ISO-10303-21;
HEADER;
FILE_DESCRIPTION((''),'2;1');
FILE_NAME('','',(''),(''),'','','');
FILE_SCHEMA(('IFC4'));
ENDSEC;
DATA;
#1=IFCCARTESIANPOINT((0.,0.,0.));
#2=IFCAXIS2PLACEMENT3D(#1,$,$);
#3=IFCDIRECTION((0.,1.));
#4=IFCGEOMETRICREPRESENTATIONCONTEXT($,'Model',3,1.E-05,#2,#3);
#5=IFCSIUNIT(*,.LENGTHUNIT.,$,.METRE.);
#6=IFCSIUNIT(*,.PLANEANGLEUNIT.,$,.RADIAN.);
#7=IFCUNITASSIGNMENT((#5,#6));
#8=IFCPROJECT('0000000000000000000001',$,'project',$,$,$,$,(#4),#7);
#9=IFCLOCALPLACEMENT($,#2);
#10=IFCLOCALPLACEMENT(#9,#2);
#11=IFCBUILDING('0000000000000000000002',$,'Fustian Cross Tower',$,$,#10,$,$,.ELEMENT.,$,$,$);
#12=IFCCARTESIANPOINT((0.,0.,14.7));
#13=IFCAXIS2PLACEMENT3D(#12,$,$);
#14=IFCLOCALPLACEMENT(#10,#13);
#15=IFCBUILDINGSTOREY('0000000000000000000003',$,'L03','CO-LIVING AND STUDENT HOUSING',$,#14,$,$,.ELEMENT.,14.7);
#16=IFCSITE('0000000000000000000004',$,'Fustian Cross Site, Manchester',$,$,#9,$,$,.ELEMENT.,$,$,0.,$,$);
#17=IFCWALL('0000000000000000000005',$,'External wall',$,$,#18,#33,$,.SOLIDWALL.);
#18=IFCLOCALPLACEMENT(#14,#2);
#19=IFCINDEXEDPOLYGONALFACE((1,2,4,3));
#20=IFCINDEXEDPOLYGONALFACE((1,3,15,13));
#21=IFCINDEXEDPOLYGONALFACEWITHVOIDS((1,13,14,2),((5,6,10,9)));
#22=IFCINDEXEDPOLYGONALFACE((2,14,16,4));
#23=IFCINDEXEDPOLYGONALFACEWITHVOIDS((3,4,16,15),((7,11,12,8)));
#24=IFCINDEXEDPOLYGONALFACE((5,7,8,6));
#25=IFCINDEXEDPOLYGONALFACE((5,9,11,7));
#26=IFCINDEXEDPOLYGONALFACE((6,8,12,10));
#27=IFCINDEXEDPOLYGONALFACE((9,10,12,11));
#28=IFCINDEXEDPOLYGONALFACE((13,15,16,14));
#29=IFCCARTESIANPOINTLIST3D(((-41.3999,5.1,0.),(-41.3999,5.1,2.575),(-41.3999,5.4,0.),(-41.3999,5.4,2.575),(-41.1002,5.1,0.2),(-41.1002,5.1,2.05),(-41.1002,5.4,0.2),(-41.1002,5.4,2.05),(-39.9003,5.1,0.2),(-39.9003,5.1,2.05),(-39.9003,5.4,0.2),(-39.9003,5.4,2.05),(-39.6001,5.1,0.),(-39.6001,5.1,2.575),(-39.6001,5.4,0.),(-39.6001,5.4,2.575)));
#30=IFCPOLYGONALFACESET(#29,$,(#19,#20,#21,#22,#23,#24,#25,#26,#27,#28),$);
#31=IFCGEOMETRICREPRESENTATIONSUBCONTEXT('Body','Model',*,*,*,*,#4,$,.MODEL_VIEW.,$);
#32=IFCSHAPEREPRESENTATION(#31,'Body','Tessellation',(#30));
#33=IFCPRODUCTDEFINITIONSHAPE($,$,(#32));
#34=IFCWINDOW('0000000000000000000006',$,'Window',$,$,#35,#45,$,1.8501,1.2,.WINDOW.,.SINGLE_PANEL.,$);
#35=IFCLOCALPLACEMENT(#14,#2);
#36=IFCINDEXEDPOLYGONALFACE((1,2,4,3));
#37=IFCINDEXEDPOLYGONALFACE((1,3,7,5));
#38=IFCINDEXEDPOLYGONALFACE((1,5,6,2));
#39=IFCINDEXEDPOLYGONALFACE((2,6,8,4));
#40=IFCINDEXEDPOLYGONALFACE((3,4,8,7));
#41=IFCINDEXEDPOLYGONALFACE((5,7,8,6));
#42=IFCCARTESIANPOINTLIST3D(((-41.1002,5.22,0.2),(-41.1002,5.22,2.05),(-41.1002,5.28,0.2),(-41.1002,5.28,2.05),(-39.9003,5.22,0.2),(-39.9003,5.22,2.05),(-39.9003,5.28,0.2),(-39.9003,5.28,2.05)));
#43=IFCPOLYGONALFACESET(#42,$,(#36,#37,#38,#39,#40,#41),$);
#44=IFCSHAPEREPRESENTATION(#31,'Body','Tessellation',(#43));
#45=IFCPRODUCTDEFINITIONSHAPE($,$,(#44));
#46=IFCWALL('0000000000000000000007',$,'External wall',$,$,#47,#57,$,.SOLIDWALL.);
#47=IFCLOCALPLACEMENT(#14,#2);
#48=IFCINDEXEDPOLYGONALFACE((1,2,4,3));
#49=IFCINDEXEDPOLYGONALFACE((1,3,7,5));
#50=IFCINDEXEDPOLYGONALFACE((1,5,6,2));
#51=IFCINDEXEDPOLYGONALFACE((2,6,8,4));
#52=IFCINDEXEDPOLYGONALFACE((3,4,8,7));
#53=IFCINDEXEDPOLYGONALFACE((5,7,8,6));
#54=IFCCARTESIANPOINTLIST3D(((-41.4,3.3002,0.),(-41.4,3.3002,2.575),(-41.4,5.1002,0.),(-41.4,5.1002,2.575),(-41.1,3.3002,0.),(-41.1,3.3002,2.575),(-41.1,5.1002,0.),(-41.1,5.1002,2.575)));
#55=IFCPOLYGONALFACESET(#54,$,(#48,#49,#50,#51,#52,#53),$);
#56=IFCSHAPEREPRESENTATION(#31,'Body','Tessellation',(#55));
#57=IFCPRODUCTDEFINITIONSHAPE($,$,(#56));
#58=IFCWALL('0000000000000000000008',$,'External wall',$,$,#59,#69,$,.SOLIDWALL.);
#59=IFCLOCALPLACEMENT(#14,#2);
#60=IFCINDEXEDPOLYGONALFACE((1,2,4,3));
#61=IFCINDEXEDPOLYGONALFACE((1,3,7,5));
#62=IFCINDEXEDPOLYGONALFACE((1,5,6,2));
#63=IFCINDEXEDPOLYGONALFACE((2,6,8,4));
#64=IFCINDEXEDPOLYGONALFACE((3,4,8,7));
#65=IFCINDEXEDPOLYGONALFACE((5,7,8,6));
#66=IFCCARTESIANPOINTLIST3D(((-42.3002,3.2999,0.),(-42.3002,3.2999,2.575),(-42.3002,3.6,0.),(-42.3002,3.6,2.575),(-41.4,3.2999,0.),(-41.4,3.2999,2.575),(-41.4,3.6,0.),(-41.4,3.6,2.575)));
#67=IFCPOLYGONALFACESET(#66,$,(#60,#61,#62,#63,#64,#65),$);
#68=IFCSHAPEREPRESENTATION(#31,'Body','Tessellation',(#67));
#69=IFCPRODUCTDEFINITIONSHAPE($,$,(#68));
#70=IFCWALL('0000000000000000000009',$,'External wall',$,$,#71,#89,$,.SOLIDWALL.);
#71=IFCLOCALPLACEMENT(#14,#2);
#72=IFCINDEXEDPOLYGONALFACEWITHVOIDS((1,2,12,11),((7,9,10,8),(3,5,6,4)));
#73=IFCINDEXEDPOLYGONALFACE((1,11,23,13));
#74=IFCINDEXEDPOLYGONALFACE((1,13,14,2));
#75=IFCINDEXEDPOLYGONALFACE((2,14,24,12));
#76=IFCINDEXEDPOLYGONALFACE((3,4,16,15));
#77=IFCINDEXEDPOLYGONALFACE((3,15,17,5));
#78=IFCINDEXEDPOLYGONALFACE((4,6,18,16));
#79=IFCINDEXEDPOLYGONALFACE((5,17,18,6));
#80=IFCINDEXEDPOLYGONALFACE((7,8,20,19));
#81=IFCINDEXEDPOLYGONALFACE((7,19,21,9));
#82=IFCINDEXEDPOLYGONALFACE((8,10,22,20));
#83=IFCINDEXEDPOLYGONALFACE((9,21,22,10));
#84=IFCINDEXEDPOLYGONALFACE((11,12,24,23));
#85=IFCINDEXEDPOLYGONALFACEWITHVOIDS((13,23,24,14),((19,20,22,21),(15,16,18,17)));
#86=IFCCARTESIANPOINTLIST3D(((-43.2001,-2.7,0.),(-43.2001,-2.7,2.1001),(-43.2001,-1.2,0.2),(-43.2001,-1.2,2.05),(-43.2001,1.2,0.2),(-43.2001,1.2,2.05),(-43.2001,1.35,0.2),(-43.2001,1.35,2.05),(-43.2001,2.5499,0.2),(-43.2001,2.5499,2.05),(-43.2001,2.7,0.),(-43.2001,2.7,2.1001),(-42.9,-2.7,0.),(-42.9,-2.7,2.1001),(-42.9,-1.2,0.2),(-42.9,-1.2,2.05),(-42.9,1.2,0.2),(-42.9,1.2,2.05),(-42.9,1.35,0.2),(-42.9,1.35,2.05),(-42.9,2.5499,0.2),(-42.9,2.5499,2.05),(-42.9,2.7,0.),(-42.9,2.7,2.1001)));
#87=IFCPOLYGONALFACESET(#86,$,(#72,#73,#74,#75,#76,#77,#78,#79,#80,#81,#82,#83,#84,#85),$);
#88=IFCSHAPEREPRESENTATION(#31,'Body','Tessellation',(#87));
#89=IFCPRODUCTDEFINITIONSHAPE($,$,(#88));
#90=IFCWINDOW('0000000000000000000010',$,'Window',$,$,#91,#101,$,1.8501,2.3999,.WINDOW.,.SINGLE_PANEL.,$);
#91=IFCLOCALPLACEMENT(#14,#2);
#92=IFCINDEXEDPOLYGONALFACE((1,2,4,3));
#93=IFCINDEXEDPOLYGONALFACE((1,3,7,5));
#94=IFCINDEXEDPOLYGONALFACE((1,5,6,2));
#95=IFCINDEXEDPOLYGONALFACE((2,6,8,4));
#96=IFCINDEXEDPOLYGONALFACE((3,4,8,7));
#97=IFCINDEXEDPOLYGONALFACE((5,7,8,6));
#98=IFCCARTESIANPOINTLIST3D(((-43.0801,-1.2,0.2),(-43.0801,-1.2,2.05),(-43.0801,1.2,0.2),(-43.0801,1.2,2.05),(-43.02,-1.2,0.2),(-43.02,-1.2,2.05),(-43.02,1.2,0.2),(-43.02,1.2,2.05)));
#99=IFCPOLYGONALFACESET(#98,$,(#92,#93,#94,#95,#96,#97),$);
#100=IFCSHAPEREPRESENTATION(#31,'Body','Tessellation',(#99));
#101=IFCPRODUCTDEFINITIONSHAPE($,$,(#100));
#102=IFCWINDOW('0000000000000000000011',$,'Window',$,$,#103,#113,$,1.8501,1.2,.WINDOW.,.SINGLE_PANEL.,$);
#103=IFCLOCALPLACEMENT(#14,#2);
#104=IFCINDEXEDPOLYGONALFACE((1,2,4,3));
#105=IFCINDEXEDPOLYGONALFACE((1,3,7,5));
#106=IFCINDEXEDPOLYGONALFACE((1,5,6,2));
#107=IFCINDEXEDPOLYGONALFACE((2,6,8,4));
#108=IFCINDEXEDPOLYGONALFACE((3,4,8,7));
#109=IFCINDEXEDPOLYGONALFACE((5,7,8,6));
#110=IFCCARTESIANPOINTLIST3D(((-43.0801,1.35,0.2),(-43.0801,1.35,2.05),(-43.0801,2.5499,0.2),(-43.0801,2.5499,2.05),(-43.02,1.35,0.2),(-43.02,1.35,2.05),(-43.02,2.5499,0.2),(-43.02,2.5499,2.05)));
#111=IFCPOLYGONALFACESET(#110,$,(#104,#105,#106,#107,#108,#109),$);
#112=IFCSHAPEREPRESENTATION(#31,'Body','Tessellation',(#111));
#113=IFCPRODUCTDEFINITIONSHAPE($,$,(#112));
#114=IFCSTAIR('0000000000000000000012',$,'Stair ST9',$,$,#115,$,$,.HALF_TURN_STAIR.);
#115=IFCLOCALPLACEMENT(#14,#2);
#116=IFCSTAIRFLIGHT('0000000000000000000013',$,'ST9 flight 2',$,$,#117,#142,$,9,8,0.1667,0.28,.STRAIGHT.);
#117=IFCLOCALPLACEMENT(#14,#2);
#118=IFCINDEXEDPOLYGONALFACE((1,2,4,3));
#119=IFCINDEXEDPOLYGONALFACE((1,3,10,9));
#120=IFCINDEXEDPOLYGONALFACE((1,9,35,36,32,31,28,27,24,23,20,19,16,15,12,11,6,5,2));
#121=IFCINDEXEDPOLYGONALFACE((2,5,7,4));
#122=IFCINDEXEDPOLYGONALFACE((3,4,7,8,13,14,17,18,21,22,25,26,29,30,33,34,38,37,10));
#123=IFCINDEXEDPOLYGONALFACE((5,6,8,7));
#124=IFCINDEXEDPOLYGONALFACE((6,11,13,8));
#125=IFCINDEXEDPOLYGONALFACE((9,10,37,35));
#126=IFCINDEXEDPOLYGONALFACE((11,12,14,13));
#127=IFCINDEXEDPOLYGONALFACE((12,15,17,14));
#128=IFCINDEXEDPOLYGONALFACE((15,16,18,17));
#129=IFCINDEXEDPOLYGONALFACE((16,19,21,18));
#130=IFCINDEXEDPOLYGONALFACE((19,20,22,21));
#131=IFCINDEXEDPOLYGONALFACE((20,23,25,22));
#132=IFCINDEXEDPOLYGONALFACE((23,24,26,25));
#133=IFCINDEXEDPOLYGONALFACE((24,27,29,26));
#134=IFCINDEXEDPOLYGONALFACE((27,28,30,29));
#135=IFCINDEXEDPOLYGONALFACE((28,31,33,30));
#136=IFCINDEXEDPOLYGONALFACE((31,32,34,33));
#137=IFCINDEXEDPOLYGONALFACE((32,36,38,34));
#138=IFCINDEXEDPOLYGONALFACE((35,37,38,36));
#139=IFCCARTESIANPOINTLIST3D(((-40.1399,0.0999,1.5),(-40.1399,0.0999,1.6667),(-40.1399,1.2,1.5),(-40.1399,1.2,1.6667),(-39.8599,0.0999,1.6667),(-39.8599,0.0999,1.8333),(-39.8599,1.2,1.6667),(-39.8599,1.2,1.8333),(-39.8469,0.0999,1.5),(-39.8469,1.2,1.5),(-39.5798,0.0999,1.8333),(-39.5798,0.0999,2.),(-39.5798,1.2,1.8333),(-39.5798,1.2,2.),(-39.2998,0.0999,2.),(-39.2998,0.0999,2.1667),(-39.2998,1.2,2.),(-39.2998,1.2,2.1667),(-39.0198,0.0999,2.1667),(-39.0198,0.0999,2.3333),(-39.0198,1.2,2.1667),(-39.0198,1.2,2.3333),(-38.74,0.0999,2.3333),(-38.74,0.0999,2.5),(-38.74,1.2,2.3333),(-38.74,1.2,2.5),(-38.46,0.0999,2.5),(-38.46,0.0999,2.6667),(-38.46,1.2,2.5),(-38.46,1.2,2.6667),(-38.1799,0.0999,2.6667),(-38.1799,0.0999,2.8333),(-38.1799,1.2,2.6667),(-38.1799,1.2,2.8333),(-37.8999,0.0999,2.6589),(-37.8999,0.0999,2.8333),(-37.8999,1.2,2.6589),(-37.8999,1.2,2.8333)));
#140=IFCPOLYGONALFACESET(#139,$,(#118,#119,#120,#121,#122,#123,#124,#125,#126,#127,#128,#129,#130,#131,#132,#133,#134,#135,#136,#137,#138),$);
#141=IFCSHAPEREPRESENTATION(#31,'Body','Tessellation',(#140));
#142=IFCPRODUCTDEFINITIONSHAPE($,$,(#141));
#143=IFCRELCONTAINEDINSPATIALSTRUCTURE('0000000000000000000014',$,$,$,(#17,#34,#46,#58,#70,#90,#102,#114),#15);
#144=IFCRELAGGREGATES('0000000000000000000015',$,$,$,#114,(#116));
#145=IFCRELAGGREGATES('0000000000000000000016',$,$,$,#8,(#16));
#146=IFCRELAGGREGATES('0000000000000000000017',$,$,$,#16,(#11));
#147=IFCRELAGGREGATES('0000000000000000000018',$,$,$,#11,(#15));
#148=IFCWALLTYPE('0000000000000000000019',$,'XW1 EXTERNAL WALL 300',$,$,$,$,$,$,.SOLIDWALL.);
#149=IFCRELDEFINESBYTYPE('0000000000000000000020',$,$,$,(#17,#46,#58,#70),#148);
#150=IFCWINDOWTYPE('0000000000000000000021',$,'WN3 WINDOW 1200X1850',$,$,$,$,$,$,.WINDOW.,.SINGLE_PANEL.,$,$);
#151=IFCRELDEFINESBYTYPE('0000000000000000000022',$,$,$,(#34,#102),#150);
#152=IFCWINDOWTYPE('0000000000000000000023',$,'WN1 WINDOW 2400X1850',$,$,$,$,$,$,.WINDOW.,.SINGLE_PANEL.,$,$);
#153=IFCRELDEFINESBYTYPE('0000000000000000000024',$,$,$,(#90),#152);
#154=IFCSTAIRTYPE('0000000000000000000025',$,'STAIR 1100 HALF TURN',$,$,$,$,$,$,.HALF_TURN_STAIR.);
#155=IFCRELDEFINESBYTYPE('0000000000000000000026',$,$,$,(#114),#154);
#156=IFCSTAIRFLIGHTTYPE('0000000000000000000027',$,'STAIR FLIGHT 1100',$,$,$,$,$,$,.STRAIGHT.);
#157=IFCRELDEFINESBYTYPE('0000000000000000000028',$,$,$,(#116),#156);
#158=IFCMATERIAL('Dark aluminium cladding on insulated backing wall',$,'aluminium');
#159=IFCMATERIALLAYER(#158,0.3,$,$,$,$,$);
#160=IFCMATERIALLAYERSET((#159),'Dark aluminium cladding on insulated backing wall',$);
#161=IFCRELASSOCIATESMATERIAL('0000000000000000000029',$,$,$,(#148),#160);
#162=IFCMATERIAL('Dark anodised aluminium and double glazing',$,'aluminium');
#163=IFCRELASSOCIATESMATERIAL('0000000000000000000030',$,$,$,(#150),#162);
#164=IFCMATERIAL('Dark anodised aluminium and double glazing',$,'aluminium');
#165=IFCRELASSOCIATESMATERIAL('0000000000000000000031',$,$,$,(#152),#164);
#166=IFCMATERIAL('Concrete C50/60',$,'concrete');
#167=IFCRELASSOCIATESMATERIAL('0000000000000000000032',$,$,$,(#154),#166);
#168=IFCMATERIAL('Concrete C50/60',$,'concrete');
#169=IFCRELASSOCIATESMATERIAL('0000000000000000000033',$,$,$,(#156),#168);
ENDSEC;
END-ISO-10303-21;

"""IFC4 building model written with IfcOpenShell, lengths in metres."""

from ifc_helpers import new_model, si_unit, direction, frame, frame_2d, origin, place, context, subcontext, project, spatial, polyline, rectangle, outline, extrude, material, layer, layer_set, type_object, element, fill, aggregate, save


model = new_model("IFC4")

# Units and contexts
model_context = context("Model", 3, precision=1e-05, world=origin(), true_north=direction((0.0, 1.0)))
body_context = subcontext(model_context, "Body", "Model", "MODEL_VIEW")
ifc_project = project(units=[si_unit("LENGTHUNIT", "METRE"), si_unit("PLANEANGLEUNIT", "RADIAN")], contexts=[model_context])

# Site, building, storey
site_placement = place(None, origin())
site = spatial("IfcSite", under=ifc_project, at=site_placement, Name="Fustian Cross Site, Manchester", CompositionType="ELEMENT", RefElevation=0.0)
building_placement = place(site_placement, origin())
building = spatial("IfcBuilding", under=site, at=building_placement, Name="Fustian Cross Tower", CompositionType="ELEMENT")
storey_placement = place(building_placement, frame((0.0, 0.0, 14.7)))
storey = spatial("IfcBuildingStorey", under=building, at=storey_placement, Name="L03", Description="CO-LIVING AND STUDENT HOUSING", CompositionType="ELEMENT", Elevation=14.7)

# Shared definitions
ifc_material_1 = material(Name="Dark aluminium cladding on insulated backing wall", Category="aluminium")
ifc_layer_1 = layer(ifc_material_1, 0.3)
ifc_layer_set_1 = layer_set([ifc_layer_1], Name="Dark aluminium cladding on insulated backing wall")
wall_type_1 = type_object("IfcWallType", Name="XW1 EXTERNAL WALL 300", PredefinedType="SOLIDWALL", material=ifc_layer_set_1)

# Wall, opening, window
wall_1_placement = place(storey_placement, frame((-39.6001, 5.25, 0.0), z_axis=(0.0, 0.0, 1.0), x_axis=(-1.0, 0.0, 0.0)))
wall_1 = element("IfcWall", 1, at=wall_1_placement, inside=storey, type_object=wall_type_1, Name="External wall", PredefinedType="SOLIDWALL", context=body_context, shape_type="SweptSolid", body=[
    extrude(rectangle(XDim=1.7998, YDim=0.3, at=frame_2d((0.8999, 0.0))), origin(), (0.0, 0.0, 1.0), 2.575),
])
opening_1_placement = place(wall_1_placement, frame((0.3, 0.0, 0.2)))
opening_1 = element("IfcOpeningElement", 2, at=opening_1_placement, cuts=wall_1, PredefinedType="OPENING", context=body_context, shape_type="SweptSolid", body=[
    extrude(rectangle(XDim=1.2, YDim=1.8501, at=frame_2d((0.6001, 0.925))), frame((0.0, 0.1599, 0.0), z_axis=(0.0, -1.0, 0.0), x_axis=(1.0, 0.0, 0.0)), (0.0, 0.0, 1.0), 0.3201),
])
ifc_material_2 = material(Name="Dark anodised aluminium and double glazing", Category="aluminium")
window_type_1 = type_object("IfcWindowType", Name="WN3 WINDOW 1200X1850", PartitioningType="SINGLE_PANEL", PredefinedType="WINDOW", material=ifc_material_2)
window_1_placement = place(opening_1_placement, origin())
window_1 = element("IfcWindow", 3, at=window_1_placement, inside=storey, type_object=window_type_1, Name="Window", OverallHeight=1.8501, OverallWidth=1.2, PartitioningType="SINGLE_PANEL", PredefinedType="WINDOW", context=body_context, shape_type="SweptSolid", body=[
    extrude(rectangle(XDim=1.2, YDim=1.8501, at=frame_2d((0.6001, 0.925))), frame((0.0, 0.03, 0.0), z_axis=(0.0, -1.0, 0.0), x_axis=(1.0, 0.0, 0.0)), (0.0, 0.0, 1.0), 0.0601),
])
fill(opening_1, window_1)

# Walls
wall_2_placement = place(storey_placement, frame((-41.25, 5.1001, 0.0), z_axis=(0.0, 0.0, 1.0), x_axis=(0.0, -1.0, 0.0)))
element("IfcWall", 4, at=wall_2_placement, inside=storey, type_object=wall_type_1, Name="External wall", PredefinedType="SOLIDWALL", context=body_context, shape_type="SweptSolid", body=[
    extrude(rectangle(XDim=1.8, YDim=0.3, at=frame_2d((0.8999, 0.0))), origin(), (0.0, 0.0, 1.0), 2.575),
])
wall_3_placement = place(storey_placement, frame((-41.3999, 3.45, 0.0), z_axis=(0.0, 0.0, 1.0), x_axis=(-1.0, 0.0, 0.0)))
element("IfcWall", 5, at=wall_3_placement, inside=storey, type_object=wall_type_1, Name="External wall", PredefinedType="SOLIDWALL", context=body_context, shape_type="SweptSolid", body=[
    extrude(rectangle(XDim=0.9001, YDim=0.3, at=frame_2d((0.4502, 0.0))), origin(), (0.0, 0.0, 1.0), 2.575),
])

# Wall, openings, windows
wall_4_placement = place(storey_placement, frame((-43.05, 2.7, 0.0), z_axis=(0.0, 0.0, 1.0), x_axis=(0.0, -1.0, 0.0)))
wall_4 = element("IfcWall", 6, at=wall_4_placement, inside=storey, type_object=wall_type_1, Name="External wall", PredefinedType="SOLIDWALL", context=body_context, shape_type="SweptSolid", body=[
    extrude(rectangle(XDim=5.3999, YDim=0.3, at=frame_2d((2.7, 0.0))), origin(), (0.0, 0.0, 1.0), 2.1001),
])
opening_2_placement = place(wall_4_placement, frame((1.5, 0.0, 0.2)))
opening_2 = element("IfcOpeningElement", 7, at=opening_2_placement, cuts=wall_4, PredefinedType="OPENING", context=body_context, shape_type="SweptSolid", body=[
    extrude(rectangle(XDim=2.3999, YDim=1.8501, at=frame_2d((1.2, 0.925))), frame((0.0, 0.1599, 0.0), z_axis=(0.0, -1.0, 0.0), x_axis=(1.0, 0.0, 0.0)), (0.0, 0.0, 1.0), 0.3201),
])
opening_3_placement = place(wall_4_placement, frame((0.1499, 0.0, 0.2)))
opening_3 = element("IfcOpeningElement", 8, at=opening_3_placement, cuts=wall_4, PredefinedType="OPENING", context=body_context, shape_type="SweptSolid", body=[
    extrude(rectangle(XDim=1.2, YDim=1.8501, at=frame_2d((0.6001, 0.925))), frame((0.0, 0.1599, 0.0), z_axis=(0.0, -1.0, 0.0), x_axis=(1.0, 0.0, 0.0)), (0.0, 0.0, 1.0), 0.3201),
])
ifc_material_3 = material(Name="Dark anodised aluminium and double glazing", Category="aluminium")
window_type_2 = type_object("IfcWindowType", Name="WN1 WINDOW 2400X1850", PartitioningType="SINGLE_PANEL", PredefinedType="WINDOW", material=ifc_material_3)
window_2_placement = place(opening_2_placement, origin())
window_2 = element("IfcWindow", 9, at=window_2_placement, inside=storey, type_object=window_type_2, Name="Window", OverallHeight=1.8501, OverallWidth=2.3999, PartitioningType="SINGLE_PANEL", PredefinedType="WINDOW", context=body_context, shape_type="SweptSolid", body=[
    extrude(rectangle(XDim=2.3999, YDim=1.8501, at=frame_2d((1.2, 0.925))), frame((0.0, 0.03, 0.0), z_axis=(0.0, -1.0, 0.0), x_axis=(1.0, 0.0, 0.0)), (0.0, 0.0, 1.0), 0.0601),
])
fill(opening_2, window_2)
window_3_placement = place(opening_3_placement, origin())
window_3 = element("IfcWindow", 10, at=window_3_placement, inside=storey, type_object=window_type_1, Name="Window", OverallHeight=1.8501, OverallWidth=1.2, PartitioningType="SINGLE_PANEL", PredefinedType="WINDOW", context=body_context, shape_type="SweptSolid", body=[
    extrude(rectangle(XDim=1.2, YDim=1.8501, at=frame_2d((0.6001, 0.925))), frame((0.0, 0.03, 0.0), z_axis=(0.0, -1.0, 0.0), x_axis=(1.0, 0.0, 0.0)), (0.0, 0.0, 1.0), 0.0601),
])
fill(opening_3, window_3)

# Stair, stair flight
ifc_material_4 = material(Name="Concrete C50/60", Category="concrete")
stair_type = type_object("IfcStairType", Name="STAIR 1100 HALF TURN", PredefinedType="HALF_TURN_STAIR", material=ifc_material_4)
stair_placement = place(storey_placement, origin())
stair = element("IfcStair", 11, at=stair_placement, inside=storey, type_object=stair_type, Name="Stair ST9", PredefinedType="HALF_TURN_STAIR")
ifc_material_5 = material(Name="Concrete C50/60", Category="concrete")
stair_flight_type = type_object("IfcStairFlightType", Name="STAIR FLIGHT 1100", PredefinedType="STRAIGHT", material=ifc_material_5)
stair_flight_placement = place(storey_placement, frame((-40.1399, 0.6499, 1.5), z_axis=(0.0, 0.0, 1.0), x_axis=(1.0, 0.0, 0.0)))
stair_flight = element("IfcStairFlight", 12, at=stair_flight_placement, type_object=stair_flight_type, Name="ST9 flight 2", NumberOfRisers=9, NumberOfTreads=8, PredefinedType="STRAIGHT", RiserHeight=0.1667, TreadLength=0.28, context=body_context, shape_type="SweptSolid", body=[
    extrude(outline(polyline([(0.0, 0.0), (0.0, 0.1667), (0.28, 0.1667), (0.28, 0.3333), (0.5601, 0.3333), (0.5601, 0.5), (0.8401, 0.5), (0.8401, 0.6667), (1.1201, 0.6667), (1.1201, 0.8333), (1.3999, 0.8333), (1.3999, 1.0), (1.6799, 1.0), (1.6799, 1.1667), (1.96, 1.1667), (1.96, 1.3333), (2.24, 1.3333), (2.24, 1.5), (2.24, 1.1589), (0.293, 0.0), (0.0, 0.0)])), frame((0.0, 0.55, 0.0), z_axis=(0.0, -1.0, 0.0), x_axis=(1.0, 0.0, 0.0)), (0.0, 0.0, 1.0), 1.1001),
])
aggregate(stair, [stair_flight])

save(model, "model.ifc")
